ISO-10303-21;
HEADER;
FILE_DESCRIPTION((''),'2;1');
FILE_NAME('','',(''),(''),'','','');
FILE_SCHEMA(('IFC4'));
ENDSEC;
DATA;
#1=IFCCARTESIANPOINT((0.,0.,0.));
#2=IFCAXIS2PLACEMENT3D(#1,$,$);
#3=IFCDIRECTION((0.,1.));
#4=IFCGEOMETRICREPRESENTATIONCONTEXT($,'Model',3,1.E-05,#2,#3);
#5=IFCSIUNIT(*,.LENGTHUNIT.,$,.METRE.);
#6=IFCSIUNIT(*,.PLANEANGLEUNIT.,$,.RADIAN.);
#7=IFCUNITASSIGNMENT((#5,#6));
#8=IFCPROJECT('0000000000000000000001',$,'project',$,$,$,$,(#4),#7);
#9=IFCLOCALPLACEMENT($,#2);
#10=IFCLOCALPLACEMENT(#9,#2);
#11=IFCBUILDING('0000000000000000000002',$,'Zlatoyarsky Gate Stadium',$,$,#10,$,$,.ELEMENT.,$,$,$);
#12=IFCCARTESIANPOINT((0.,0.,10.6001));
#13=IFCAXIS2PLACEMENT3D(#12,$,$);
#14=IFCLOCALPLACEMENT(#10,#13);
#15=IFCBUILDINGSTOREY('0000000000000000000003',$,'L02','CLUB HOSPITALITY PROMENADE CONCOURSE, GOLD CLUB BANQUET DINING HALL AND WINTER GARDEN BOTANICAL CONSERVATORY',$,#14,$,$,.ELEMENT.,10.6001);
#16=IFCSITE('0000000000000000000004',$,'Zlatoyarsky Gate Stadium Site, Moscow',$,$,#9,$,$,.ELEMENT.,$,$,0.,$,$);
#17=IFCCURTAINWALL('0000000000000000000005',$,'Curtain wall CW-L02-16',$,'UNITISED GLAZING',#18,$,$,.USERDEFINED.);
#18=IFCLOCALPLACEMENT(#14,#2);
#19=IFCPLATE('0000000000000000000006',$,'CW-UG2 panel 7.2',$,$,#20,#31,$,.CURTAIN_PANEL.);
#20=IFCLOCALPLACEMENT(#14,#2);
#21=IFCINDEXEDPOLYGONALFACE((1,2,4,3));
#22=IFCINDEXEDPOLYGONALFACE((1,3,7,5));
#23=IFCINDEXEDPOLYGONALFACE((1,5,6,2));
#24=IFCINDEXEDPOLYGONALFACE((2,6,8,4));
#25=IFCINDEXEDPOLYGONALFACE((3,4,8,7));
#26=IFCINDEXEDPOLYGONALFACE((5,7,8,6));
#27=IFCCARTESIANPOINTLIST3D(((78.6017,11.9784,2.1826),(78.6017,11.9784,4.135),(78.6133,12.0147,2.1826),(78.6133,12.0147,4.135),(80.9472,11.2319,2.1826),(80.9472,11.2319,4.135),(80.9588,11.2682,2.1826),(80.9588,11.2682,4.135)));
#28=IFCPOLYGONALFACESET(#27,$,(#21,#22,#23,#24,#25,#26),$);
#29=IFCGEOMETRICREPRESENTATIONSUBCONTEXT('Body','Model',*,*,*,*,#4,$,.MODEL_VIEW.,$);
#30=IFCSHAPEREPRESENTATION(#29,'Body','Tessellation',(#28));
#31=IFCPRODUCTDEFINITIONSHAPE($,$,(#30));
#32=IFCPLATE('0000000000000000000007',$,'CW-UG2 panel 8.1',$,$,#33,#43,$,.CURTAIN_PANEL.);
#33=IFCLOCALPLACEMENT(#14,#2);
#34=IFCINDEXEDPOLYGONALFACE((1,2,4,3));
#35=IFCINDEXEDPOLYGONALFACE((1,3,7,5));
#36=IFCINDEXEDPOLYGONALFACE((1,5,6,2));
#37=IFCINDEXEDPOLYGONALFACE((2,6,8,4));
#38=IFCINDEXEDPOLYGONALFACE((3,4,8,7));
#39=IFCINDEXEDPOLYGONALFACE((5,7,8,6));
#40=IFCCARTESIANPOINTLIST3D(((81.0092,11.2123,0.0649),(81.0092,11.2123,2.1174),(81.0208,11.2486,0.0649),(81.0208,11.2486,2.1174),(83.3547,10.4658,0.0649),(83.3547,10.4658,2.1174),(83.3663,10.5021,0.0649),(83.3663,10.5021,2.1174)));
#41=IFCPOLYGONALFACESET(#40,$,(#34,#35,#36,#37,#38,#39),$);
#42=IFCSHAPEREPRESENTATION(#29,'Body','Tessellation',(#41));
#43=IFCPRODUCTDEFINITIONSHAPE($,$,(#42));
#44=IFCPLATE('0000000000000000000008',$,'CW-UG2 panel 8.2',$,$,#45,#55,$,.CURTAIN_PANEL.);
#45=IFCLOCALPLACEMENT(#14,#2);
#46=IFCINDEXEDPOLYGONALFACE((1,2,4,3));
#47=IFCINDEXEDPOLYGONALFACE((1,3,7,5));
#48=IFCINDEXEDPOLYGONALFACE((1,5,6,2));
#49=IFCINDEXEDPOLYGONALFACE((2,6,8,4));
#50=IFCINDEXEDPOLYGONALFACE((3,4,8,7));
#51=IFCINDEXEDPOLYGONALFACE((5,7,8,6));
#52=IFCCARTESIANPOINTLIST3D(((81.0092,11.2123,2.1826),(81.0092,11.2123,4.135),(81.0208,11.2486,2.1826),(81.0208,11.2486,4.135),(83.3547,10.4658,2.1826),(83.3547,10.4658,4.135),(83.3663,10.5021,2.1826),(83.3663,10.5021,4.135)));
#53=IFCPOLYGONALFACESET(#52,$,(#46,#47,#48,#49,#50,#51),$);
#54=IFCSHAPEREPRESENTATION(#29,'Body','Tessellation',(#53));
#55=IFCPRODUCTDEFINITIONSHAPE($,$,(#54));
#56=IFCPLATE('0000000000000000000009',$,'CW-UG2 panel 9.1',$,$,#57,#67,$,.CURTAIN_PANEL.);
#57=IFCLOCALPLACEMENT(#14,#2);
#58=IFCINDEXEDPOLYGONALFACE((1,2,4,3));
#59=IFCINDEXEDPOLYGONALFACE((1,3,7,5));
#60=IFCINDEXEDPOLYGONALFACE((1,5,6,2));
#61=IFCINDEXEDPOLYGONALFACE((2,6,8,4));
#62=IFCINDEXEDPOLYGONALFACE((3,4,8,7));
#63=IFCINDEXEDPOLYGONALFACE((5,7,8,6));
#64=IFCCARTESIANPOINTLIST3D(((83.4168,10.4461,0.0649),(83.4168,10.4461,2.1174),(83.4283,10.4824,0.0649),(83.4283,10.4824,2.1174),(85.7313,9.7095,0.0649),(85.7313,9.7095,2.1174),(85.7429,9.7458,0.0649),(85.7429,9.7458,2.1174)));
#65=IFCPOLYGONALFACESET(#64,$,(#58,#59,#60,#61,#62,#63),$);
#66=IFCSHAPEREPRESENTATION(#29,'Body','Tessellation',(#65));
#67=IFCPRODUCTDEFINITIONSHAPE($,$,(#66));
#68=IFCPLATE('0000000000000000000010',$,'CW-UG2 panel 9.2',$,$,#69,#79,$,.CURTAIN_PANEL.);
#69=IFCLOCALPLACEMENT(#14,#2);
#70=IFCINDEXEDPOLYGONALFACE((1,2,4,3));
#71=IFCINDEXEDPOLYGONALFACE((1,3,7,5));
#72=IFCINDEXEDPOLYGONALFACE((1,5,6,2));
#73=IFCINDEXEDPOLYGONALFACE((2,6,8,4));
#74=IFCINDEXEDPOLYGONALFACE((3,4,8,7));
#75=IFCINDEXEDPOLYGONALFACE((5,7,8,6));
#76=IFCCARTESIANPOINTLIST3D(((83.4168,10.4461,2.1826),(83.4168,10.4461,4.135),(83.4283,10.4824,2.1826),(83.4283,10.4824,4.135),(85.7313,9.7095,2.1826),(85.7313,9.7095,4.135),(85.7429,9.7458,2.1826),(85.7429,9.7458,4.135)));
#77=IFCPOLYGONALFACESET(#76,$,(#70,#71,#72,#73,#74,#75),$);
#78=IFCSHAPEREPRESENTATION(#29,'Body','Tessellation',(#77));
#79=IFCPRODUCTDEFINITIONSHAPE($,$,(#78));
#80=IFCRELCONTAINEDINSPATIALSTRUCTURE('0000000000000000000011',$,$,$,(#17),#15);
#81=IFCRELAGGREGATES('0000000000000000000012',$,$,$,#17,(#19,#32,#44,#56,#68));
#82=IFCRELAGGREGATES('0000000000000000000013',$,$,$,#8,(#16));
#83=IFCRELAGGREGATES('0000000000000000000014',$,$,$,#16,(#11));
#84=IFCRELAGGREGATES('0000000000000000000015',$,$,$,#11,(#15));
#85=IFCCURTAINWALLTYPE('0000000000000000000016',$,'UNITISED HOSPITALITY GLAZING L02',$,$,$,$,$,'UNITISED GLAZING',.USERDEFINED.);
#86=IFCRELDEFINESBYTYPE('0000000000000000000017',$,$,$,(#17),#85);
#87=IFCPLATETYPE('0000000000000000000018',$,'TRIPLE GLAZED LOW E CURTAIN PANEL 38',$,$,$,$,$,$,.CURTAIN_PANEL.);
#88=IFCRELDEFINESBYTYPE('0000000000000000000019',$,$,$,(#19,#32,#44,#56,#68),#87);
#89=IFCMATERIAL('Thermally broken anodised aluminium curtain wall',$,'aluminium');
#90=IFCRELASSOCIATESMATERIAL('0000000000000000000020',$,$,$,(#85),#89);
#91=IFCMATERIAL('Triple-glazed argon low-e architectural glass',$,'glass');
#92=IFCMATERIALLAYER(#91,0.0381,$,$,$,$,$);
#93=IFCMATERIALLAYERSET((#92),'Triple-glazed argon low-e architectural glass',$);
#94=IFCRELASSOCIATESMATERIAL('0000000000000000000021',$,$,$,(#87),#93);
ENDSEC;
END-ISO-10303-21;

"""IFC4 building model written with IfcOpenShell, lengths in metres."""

from ifc_helpers import new_model, si_unit, direction, frame, origin, origin_2d, place, context, subcontext, project, spatial, rectangle, extrude, material, layer, layer_set, type_object, element, aggregate, save


model = new_model("IFC4")

# Units and contexts
model_context = context("Model", 3, precision=1e-05, world=origin(), true_north=direction((0.0, 1.0)))
body_context = subcontext(model_context, "Body", "Model", "MODEL_VIEW")
ifc_project = project(units=[si_unit("LENGTHUNIT", "METRE"), si_unit("PLANEANGLEUNIT", "RADIAN")], contexts=[model_context])

# Site, building, storey
site_placement = place(None, origin())
site = spatial("IfcSite", under=ifc_project, at=site_placement, Name="Zlatoyarsky Gate Stadium Site, Moscow", CompositionType="ELEMENT", RefElevation=0.0)
building_placement = place(site_placement, origin())
building = spatial("IfcBuilding", under=site, at=building_placement, Name="Zlatoyarsky Gate Stadium", CompositionType="ELEMENT")
storey_placement = place(building_placement, frame((0.0, 0.0, 10.6001)))
storey = spatial("IfcBuildingStorey", under=building, at=storey_placement, Name="L02", Description="CLUB HOSPITALITY PROMENADE CONCOURSE, GOLD CLUB BANQUET DINING HALL AND WINTER GARDEN BOTANICAL CONSERVATORY", CompositionType="ELEMENT", Elevation=10.6001)

# Curtain wall
ifc_material_1 = material(Name="Thermally broken anodised aluminium curtain wall", Category="aluminium")
curtain_wall_type = type_object("IfcCurtainWallType", Name="UNITISED HOSPITALITY GLAZING L02", ElementType="UNITISED GLAZING", PredefinedType="USERDEFINED", material=ifc_material_1)
curtain_wall_placement = place(storey_placement, origin())
curtain_wall = element("IfcCurtainWall", 1, at=curtain_wall_placement, inside=storey, type_object=curtain_wall_type, Name="Curtain wall CW-L02-16", ObjectType="UNITISED GLAZING", PredefinedType="USERDEFINED")

# Plates
ifc_material_2 = material(Name="Triple-glazed argon low-e architectural glass", Category="glass")
ifc_layer_1 = layer(ifc_material_2, 0.0381)
ifc_layer_set_1 = layer_set([ifc_layer_1], Name="Triple-glazed argon low-e architectural glass")
plate_type_1 = type_object("IfcPlateType", Name="TRIPLE GLAZED LOW E CURTAIN PANEL 38", PredefinedType="CURTAIN_PANEL", material=ifc_layer_set_1)
plate_1_placement = place(storey_placement, frame((79.7803, 11.6233, 2.1826), z_axis=(0.0, 0.0, 1.0), x_axis=(0.952902, -0.303278, 0.0)))
plate_1 = element("IfcPlate", 2, at=plate_1_placement, type_object=plate_type_1, Name="CW-UG2 panel 7.2", PredefinedType="CURTAIN_PANEL", context=body_context, shape_type="SweptSolid", body=[
    extrude(rectangle(XDim=2.4614, YDim=0.0381, at=origin_2d()), origin(), (0.0, 0.0, 1.0), 1.9524),
])
plate_2_placement = place(storey_placement, frame((82.1877, 10.8572, 0.0649), z_axis=(0.0, 0.0, 1.0), x_axis=(0.952902, -0.303278, 0.0)))
plate_2 = element("IfcPlate", 3, at=plate_2_placement, type_object=plate_type_1, Name="CW-UG2 panel 8.1", PredefinedType="CURTAIN_PANEL", context=body_context, shape_type="SweptSolid", body=[
    extrude(rectangle(XDim=2.4614, YDim=0.0381, at=origin_2d()), origin(), (0.0, 0.0, 1.0), 2.0525),
])
plate_3_placement = place(storey_placement, frame((82.1877, 10.8572, 2.1826), z_axis=(0.0, 0.0, 1.0), x_axis=(0.952902, -0.303278, 0.0)))
plate_3 = element("IfcPlate", 4, at=plate_3_placement, type_object=plate_type_1, Name="CW-UG2 panel 8.2", PredefinedType="CURTAIN_PANEL", context=body_context, shape_type="SweptSolid", body=[
    extrude(rectangle(XDim=2.4614, YDim=0.0381, at=origin_2d()), origin(), (0.0, 0.0, 1.0), 1.9524),
])
plate_4_placement = place(storey_placement, frame((84.5798, 10.0959, 0.0649), z_axis=(0.0, 0.0, 1.0), x_axis=(0.952902, -0.303278, 0.0)))
plate_4 = element("IfcPlate", 5, at=plate_4_placement, type_object=plate_type_1, Name="CW-UG2 panel 9.1", PredefinedType="CURTAIN_PANEL", context=body_context, shape_type="SweptSolid", body=[
    extrude(rectangle(XDim=2.429, YDim=0.0381, at=origin_2d()), origin(), (0.0, 0.0, 1.0), 2.0525),
])
plate_5_placement = place(storey_placement, frame((84.5798, 10.0959, 2.1826), z_axis=(0.0, 0.0, 1.0), x_axis=(0.952902, -0.303278, 0.0)))
plate_5 = element("IfcPlate", 6, at=plate_5_placement, type_object=plate_type_1, Name="CW-UG2 panel 9.2", PredefinedType="CURTAIN_PANEL", context=body_context, shape_type="SweptSolid", body=[
    extrude(rectangle(XDim=2.429, YDim=0.0381, at=origin_2d()), origin(), (0.0, 0.0, 1.0), 1.9524),
])
aggregate(curtain_wall, [plate_1, plate_2, plate_3, plate_4, plate_5])

save(model, "model.ifc")
